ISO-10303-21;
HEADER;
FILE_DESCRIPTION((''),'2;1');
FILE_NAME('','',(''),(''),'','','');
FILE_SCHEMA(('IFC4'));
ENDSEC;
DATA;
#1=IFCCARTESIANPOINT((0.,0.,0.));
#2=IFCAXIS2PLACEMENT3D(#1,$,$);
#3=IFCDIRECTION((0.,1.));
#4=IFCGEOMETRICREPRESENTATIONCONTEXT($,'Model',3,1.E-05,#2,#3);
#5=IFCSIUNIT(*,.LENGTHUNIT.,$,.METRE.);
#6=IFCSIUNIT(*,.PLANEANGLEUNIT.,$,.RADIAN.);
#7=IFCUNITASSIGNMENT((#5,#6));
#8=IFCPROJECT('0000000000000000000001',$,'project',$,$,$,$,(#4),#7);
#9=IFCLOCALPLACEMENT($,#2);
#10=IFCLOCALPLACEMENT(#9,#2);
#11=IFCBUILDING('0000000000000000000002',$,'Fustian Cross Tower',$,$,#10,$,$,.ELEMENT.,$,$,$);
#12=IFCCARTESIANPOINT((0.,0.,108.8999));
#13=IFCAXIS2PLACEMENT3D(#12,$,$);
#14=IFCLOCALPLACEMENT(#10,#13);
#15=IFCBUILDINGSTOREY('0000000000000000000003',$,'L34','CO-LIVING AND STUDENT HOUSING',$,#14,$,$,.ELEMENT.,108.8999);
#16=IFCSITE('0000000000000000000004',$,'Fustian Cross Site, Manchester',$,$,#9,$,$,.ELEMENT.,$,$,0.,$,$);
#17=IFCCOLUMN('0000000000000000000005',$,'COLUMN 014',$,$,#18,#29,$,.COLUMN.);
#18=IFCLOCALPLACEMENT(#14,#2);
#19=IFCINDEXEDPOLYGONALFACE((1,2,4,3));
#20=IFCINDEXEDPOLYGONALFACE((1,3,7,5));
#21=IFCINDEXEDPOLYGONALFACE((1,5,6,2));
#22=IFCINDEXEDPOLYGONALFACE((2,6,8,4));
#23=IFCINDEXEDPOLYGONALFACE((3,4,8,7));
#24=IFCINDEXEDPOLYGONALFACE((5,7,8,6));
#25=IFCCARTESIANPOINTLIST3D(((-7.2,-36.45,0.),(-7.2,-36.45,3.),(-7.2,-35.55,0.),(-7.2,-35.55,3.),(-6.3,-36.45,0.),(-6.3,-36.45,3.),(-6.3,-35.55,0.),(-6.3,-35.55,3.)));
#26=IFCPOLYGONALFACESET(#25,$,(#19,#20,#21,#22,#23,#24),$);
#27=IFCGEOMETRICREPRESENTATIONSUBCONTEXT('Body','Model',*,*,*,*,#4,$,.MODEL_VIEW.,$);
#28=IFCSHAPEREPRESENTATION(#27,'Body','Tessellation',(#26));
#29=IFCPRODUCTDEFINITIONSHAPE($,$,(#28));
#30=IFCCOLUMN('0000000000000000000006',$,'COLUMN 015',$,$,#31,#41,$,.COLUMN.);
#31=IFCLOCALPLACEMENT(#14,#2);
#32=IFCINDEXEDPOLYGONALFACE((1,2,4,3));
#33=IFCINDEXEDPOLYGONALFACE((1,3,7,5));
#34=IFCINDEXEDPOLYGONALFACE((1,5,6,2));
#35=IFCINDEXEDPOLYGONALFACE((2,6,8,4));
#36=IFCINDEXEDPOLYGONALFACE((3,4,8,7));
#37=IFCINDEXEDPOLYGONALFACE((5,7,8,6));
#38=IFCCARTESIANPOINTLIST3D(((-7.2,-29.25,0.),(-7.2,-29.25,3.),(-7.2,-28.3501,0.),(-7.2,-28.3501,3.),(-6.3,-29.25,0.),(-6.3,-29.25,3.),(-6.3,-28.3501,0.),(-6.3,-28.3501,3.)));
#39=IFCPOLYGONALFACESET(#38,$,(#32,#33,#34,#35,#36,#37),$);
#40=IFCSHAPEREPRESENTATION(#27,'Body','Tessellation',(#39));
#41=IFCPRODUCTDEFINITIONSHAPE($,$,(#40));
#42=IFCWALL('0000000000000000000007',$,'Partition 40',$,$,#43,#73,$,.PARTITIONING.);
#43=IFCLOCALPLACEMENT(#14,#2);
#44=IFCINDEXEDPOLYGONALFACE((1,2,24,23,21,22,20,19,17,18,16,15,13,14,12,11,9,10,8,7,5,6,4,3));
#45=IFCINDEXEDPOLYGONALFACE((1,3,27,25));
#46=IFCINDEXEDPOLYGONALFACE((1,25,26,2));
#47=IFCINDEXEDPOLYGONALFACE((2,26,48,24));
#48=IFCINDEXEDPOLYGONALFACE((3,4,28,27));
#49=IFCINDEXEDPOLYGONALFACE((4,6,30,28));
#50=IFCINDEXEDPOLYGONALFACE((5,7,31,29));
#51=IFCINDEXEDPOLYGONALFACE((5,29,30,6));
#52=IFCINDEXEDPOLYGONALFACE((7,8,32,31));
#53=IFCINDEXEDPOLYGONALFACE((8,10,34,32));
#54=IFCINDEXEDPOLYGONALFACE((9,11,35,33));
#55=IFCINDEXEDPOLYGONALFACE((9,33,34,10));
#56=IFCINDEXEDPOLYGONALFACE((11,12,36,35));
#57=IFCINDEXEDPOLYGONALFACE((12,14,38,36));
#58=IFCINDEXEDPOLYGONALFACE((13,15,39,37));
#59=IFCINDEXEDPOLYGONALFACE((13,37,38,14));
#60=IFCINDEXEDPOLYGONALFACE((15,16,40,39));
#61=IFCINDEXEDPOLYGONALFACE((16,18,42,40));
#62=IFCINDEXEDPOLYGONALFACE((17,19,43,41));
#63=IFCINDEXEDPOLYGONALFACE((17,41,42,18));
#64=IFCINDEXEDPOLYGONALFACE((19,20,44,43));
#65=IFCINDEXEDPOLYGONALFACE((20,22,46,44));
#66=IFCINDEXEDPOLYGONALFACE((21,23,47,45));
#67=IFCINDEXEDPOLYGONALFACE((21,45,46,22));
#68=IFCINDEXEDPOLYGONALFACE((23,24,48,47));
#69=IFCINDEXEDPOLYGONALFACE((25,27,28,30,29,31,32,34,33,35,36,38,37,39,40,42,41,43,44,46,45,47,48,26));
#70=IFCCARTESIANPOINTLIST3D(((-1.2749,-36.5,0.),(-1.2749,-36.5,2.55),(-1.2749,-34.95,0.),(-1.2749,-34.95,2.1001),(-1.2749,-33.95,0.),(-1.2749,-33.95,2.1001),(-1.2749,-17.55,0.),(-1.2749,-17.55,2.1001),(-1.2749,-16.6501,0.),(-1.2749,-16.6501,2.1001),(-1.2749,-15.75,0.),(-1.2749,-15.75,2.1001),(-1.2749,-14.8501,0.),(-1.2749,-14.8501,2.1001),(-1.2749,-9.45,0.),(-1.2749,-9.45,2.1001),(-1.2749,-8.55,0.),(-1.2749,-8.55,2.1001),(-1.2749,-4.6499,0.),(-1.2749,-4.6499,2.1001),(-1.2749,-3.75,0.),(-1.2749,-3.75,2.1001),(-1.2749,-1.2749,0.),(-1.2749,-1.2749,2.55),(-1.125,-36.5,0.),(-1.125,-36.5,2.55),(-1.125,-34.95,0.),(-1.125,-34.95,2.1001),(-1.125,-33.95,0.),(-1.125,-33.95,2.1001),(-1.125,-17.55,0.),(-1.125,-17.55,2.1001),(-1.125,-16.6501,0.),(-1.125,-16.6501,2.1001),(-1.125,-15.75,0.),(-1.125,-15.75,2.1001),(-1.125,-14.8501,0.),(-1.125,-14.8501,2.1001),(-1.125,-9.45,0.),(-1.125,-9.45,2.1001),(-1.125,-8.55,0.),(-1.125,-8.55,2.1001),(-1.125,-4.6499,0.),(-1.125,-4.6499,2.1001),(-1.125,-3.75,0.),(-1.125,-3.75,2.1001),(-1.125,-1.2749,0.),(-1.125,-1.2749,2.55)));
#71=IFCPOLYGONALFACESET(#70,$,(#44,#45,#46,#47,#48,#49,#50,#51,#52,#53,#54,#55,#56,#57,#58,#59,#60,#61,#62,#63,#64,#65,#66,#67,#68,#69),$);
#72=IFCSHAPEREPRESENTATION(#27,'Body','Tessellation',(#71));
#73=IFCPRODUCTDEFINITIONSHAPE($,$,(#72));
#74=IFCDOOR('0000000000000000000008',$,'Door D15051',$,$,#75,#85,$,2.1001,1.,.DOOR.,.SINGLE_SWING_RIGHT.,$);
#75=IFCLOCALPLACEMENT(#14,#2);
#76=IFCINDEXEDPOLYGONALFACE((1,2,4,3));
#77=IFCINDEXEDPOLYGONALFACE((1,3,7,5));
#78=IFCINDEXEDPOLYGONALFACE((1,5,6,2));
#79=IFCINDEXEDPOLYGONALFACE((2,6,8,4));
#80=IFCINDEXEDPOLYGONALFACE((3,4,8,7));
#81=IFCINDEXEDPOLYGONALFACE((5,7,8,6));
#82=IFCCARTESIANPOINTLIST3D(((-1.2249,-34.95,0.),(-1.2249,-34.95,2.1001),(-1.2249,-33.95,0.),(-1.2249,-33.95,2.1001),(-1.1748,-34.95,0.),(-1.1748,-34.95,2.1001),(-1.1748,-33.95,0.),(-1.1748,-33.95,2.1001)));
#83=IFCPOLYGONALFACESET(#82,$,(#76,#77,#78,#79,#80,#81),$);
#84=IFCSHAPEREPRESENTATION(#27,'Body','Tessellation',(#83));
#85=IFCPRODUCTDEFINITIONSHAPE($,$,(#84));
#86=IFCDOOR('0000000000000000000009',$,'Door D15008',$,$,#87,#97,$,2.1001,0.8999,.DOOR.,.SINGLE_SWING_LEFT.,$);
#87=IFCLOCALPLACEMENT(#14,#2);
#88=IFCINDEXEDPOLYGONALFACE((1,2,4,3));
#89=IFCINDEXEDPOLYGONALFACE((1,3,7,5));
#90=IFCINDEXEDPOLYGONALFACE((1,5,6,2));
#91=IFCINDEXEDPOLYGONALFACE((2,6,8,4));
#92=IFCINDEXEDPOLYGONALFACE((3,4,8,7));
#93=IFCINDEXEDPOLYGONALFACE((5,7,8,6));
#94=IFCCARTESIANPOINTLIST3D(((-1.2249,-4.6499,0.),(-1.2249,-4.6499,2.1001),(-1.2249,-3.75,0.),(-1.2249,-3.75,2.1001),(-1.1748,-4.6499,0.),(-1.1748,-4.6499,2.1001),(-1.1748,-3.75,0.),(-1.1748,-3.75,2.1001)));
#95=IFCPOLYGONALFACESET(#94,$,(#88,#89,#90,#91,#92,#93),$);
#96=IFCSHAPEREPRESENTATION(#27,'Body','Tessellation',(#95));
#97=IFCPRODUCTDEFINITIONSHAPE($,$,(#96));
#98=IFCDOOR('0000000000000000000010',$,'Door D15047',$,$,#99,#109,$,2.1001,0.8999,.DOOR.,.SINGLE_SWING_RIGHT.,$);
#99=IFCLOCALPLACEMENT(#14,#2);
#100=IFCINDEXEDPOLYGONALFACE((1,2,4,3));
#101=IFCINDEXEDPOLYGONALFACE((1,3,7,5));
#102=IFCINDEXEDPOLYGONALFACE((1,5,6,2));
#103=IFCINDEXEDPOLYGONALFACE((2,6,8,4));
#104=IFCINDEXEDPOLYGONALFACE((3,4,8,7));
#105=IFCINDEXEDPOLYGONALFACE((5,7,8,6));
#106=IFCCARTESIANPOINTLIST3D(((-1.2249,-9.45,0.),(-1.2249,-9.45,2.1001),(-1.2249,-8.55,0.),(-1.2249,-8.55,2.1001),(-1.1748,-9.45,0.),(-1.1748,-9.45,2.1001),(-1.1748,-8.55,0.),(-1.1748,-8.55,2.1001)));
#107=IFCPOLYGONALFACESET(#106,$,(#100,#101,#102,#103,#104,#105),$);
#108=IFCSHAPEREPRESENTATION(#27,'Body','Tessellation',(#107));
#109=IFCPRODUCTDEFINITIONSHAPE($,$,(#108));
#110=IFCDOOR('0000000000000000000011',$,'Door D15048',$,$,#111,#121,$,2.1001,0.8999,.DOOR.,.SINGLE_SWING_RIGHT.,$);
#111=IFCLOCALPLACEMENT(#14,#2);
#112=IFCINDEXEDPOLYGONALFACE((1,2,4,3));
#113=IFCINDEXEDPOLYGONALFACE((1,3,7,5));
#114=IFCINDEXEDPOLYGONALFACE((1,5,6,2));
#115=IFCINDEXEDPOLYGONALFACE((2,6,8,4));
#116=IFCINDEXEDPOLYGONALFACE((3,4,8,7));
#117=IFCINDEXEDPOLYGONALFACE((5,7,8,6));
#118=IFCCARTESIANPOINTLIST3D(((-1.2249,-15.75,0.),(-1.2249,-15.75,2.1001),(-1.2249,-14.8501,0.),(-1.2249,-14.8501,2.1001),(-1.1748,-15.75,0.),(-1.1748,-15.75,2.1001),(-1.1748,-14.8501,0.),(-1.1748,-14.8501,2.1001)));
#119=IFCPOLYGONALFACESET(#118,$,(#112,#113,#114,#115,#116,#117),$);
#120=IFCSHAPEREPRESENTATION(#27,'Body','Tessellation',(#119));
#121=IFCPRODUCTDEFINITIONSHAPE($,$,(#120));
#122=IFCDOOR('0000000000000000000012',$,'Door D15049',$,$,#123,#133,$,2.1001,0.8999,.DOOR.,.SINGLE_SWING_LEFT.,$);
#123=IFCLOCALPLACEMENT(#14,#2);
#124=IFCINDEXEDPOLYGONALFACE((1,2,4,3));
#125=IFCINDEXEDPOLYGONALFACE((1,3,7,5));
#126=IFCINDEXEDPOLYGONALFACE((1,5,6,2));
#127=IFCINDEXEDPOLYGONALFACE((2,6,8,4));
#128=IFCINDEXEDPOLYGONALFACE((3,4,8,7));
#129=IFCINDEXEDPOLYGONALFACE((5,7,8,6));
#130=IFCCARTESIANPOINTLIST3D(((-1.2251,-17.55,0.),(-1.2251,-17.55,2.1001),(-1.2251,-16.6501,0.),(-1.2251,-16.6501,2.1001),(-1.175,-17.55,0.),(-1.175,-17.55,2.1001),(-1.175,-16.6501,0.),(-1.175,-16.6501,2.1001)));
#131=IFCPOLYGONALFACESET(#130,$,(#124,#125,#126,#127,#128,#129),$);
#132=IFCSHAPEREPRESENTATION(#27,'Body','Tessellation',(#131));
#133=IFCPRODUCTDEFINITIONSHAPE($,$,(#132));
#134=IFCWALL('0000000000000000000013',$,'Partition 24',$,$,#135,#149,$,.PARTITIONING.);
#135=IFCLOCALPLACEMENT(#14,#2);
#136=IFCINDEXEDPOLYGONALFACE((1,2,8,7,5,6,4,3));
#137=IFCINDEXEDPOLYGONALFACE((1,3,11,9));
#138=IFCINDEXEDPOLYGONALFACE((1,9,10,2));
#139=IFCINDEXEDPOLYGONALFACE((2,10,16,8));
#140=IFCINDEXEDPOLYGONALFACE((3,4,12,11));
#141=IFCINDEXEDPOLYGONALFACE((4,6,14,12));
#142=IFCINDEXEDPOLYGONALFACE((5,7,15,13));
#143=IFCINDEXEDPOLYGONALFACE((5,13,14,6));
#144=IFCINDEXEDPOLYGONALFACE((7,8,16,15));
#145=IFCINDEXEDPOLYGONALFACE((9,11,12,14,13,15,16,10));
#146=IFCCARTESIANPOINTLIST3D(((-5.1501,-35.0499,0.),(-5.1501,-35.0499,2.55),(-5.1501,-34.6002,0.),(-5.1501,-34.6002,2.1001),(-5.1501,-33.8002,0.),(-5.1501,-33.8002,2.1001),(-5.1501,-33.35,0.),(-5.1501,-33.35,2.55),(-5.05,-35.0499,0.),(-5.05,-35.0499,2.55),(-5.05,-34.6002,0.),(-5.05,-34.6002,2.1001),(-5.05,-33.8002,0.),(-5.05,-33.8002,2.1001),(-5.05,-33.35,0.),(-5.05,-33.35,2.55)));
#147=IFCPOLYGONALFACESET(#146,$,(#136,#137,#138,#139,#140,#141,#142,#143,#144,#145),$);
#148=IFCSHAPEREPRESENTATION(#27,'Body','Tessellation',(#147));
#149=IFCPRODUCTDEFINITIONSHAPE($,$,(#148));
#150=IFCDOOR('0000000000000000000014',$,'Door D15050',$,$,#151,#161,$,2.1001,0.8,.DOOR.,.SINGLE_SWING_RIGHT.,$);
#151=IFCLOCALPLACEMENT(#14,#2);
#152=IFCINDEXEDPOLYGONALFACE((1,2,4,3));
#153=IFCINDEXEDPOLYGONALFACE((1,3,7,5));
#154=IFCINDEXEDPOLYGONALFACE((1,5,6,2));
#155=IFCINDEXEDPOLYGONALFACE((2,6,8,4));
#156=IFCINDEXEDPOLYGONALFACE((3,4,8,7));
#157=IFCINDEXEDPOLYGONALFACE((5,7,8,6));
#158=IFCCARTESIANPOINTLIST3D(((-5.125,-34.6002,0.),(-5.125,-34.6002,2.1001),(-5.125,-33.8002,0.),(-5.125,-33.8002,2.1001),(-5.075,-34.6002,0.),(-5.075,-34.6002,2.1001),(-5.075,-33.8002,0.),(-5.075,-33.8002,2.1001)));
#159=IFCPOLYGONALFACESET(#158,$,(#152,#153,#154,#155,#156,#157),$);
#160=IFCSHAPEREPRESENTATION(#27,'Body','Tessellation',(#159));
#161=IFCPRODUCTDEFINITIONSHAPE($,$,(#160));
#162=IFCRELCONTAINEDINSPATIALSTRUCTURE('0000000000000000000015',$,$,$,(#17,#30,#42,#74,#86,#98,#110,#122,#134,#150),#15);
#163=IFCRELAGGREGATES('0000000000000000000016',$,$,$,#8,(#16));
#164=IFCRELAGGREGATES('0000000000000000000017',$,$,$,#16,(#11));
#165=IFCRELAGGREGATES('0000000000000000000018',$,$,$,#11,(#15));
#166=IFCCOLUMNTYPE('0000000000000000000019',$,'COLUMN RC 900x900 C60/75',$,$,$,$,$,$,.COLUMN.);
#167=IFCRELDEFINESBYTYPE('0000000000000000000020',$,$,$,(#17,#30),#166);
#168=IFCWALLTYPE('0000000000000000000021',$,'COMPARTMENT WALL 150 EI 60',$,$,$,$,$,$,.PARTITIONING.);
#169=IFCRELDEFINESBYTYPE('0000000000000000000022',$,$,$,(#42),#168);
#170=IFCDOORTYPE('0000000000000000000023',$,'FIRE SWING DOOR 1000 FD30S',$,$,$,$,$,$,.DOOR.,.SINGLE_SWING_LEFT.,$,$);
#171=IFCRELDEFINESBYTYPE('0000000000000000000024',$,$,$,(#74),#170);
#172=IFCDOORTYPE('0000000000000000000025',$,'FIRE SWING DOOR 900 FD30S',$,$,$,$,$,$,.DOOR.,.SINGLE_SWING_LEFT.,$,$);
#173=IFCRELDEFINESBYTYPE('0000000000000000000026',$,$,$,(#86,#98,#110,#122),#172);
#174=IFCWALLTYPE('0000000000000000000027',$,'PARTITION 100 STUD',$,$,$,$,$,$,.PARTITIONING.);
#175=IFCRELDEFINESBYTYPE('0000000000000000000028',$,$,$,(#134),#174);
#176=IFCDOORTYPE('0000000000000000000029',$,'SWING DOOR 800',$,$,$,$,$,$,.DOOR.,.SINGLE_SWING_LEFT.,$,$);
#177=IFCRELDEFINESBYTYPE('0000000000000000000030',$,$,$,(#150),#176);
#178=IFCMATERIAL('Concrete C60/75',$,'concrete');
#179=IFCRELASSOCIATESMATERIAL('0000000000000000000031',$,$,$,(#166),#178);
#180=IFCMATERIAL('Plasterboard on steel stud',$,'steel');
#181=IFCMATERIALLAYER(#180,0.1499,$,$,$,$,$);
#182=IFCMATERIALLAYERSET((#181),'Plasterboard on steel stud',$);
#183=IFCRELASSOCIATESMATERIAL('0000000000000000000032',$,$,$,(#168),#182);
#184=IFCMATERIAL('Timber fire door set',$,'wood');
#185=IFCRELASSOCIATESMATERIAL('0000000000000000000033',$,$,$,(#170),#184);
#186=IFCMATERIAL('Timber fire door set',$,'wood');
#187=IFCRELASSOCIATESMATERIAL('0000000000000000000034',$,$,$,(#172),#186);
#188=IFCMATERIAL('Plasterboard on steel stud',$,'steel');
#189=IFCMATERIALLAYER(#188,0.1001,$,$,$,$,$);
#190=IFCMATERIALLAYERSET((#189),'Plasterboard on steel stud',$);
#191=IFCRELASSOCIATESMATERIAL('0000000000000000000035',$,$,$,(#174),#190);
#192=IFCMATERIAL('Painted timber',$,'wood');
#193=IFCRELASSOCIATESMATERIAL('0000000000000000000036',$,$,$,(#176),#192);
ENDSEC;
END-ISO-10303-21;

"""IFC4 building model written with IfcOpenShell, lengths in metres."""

from ifc_helpers import new_model, si_unit, direction, frame, frame_2d, origin, origin_2d, place, context, subcontext, project, spatial, rectangle, extrude, material, layer, layer_set, material_profile, profile_set, type_object, element, fill, save


model = new_model("IFC4")

# Units and contexts
model_context = context("Model", 3, precision=1e-05, world=origin(), true_north=direction((0.0, 1.0)))
body_context = subcontext(model_context, "Body", "Model", "MODEL_VIEW")
ifc_project = project(units=[si_unit("LENGTHUNIT", "METRE"), si_unit("PLANEANGLEUNIT", "RADIAN")], contexts=[model_context])

# Site, building, storey
site_placement = place(None, origin())
site = spatial("IfcSite", under=ifc_project, at=site_placement, Name="Fustian Cross Site, Manchester", CompositionType="ELEMENT", RefElevation=0.0)
building_placement = place(site_placement, origin())
building = spatial("IfcBuilding", under=site, at=building_placement, Name="Fustian Cross Tower", CompositionType="ELEMENT")
storey_placement = place(building_placement, frame((0.0, 0.0, 108.8999)))
storey = spatial("IfcBuildingStorey", under=building, at=storey_placement, Name="L34", Description="CO-LIVING AND STUDENT HOUSING", CompositionType="ELEMENT", Elevation=108.8999)

# Columns
ifc_material_1 = material(Name="Concrete C60/75", Category="concrete")
ifc_material_profile = material_profile(ifc_material_1, rectangle(XDim=0.8999, YDim=0.8999, at=origin_2d()), Name="RC 900x900")
ifc_profile_set = profile_set([ifc_material_profile], Name="Concrete C60/75")
column_type = type_object("IfcColumnType", Name="COLUMN RC 900x900 C60/75", PredefinedType="COLUMN", material=ifc_profile_set)
for number, where, z_axis, x_axis, name in (
    (1, (-6.75, -36.0, 0.0), (0.0, 0.0, 1.0), (1.0, 0.0, 0.0), "COLUMN 014"),
    (2, (-6.75, -28.8, 0.0), (0.0, 0.0, 1.0), (1.0, 0.0, 0.0), "COLUMN 015"),
):
    element("IfcColumn", number, at=place(storey_placement, frame(where, z_axis=z_axis, x_axis=x_axis)), inside=storey, type_object=column_type, Name=name, PredefinedType="COLUMN", context=body_context, shape_type="SweptSolid", body=[
        extrude(rectangle(XDim=0.8999, YDim=0.8999, at=origin_2d()), origin(), (0.0, 0.0, 1.0), 3.0),
    ])

# Wall, openings, doors
ifc_material_2 = material(Name="Plasterboard on steel stud", Category="steel")
ifc_layer_1 = layer(ifc_material_2, 0.1499)
ifc_layer_set_1 = layer_set([ifc_layer_1], Name="Plasterboard on steel stud")
wall_type_1 = type_object("IfcWallType", Name="COMPARTMENT WALL 150 EI 60", PredefinedType="PARTITIONING", material=ifc_layer_set_1)
wall_1_placement = place(storey_placement, frame((-1.2, -36.5, 0.0), z_axis=(0.0, 0.0, 1.0), x_axis=(0.0, 1.0, 0.0)))
wall_1 = element("IfcWall", 3, at=wall_1_placement, inside=storey, type_object=wall_type_1, Name="Partition 40", PredefinedType="PARTITIONING", context=body_context, shape_type="SweptSolid", body=[
    extrude(rectangle(XDim=35.2251, YDim=0.1499, at=frame_2d((17.6125, 0.0))), origin(), (0.0, 0.0, 1.0), 2.55),
])
opening_1_placement = place(wall_1_placement, frame((31.8501, 0.0, 0.0)))
opening_1 = element("IfcOpeningElement", 4, at=opening_1_placement, cuts=wall_1, PredefinedType="OPENING", context=body_context, shape_type="SweptSolid", body=[
    extrude(rectangle(XDim=0.8999, YDim=2.1001, at=frame_2d((0.45, 1.05))), frame((0.0, 0.085, 0.0), z_axis=(0.0, -1.0, 0.0), x_axis=(1.0, 0.0, 0.0)), (0.0, 0.0, 1.0), 0.1699),
])
opening_2_placement = place(wall_1_placement, frame((27.05, 0.0, 0.0)))
opening_2 = element("IfcOpeningElement", 5, at=opening_2_placement, cuts=wall_1, PredefinedType="OPENING", context=body_context, shape_type="SweptSolid", body=[
    extrude(rectangle(XDim=0.8999, YDim=2.1001, at=frame_2d((0.45, 1.05))), frame((0.0, 0.085, 0.0), z_axis=(0.0, -1.0, 0.0), x_axis=(1.0, 0.0, 0.0)), (0.0, 0.0, 1.0), 0.1699),
])
opening_3_placement = place(wall_1_placement, frame((20.75, 0.0, 0.0)))
opening_3 = element("IfcOpeningElement", 6, at=opening_3_placement, cuts=wall_1, PredefinedType="OPENING", context=body_context, shape_type="SweptSolid", body=[
    extrude(rectangle(XDim=0.8999, YDim=2.1001, at=frame_2d((0.45, 1.05))), frame((0.0, 0.085, 0.0), z_axis=(0.0, -1.0, 0.0), x_axis=(1.0, 0.0, 0.0)), (0.0, 0.0, 1.0), 0.1699),
])
opening_4_placement = place(wall_1_placement, frame((18.95, 0.0, 0.0)))
opening_4 = element("IfcOpeningElement", 7, at=opening_4_placement, cuts=wall_1, PredefinedType="OPENING", context=body_context, shape_type="SweptSolid", body=[
    extrude(rectangle(XDim=0.8999, YDim=2.1001, at=frame_2d((0.45, 1.05))), frame((0.0, 0.085, 0.0), z_axis=(0.0, -1.0, 0.0), x_axis=(1.0, 0.0, 0.0)), (0.0, 0.0, 1.0), 0.1699),
])
opening_5_placement = place(wall_1_placement, frame((1.55, 0.0, 0.0)))
opening_5 = element("IfcOpeningElement", 8, at=opening_5_placement, cuts=wall_1, PredefinedType="OPENING", context=body_context, shape_type="SweptSolid", body=[
    extrude(rectangle(XDim=1.0, YDim=2.1001, at=frame_2d((0.5, 1.05))), frame((0.0, 0.085, 0.0), z_axis=(0.0, -1.0, 0.0), x_axis=(1.0, 0.0, 0.0)), (0.0, 0.0, 1.0), 0.1699),
])
ifc_material_3 = material(Name="Timber fire door set", Category="wood")
door_type_1 = type_object("IfcDoorType", Name="FIRE SWING DOOR 1000 FD30S", OperationType="SINGLE_SWING_LEFT", PredefinedType="DOOR", material=ifc_material_3)
door_1_placement = place(opening_5_placement, origin())
door_1 = element("IfcDoor", 9, at=door_1_placement, inside=storey, type_object=door_type_1, Name="Door D15051", OperationType="SINGLE_SWING_RIGHT", OverallHeight=2.1001, OverallWidth=1.0, PredefinedType="DOOR", context=body_context, shape_type="SweptSolid", body=[
    extrude(rectangle(XDim=1.0, YDim=2.1001, at=frame_2d((0.5, 1.05))), frame((0.0, 0.0249, 0.0), z_axis=(0.0, -1.0, 0.0), x_axis=(1.0, 0.0, 0.0)), (0.0, 0.0, 1.0), 0.05),
])
fill(opening_5, door_1)
ifc_material_4 = material(Name="Timber fire door set", Category="wood")
door_type_2 = type_object("IfcDoorType", Name="FIRE SWING DOOR 900 FD30S", OperationType="SINGLE_SWING_LEFT", PredefinedType="DOOR", material=ifc_material_4)
door_2_placement = place(opening_1_placement, origin())
door_2 = element("IfcDoor", 10, at=door_2_placement, inside=storey, type_object=door_type_2, Name="Door D15008", OperationType="SINGLE_SWING_LEFT", OverallHeight=2.1001, OverallWidth=0.8999, PredefinedType="DOOR", context=body_context, shape_type="SweptSolid", body=[
    extrude(rectangle(XDim=0.8999, YDim=2.1001, at=frame_2d((0.45, 1.05))), frame((0.0, 0.0249, 0.0), z_axis=(0.0, -1.0, 0.0), x_axis=(1.0, 0.0, 0.0)), (0.0, 0.0, 1.0), 0.05),
])
fill(opening_1, door_2)
door_3_placement = place(opening_2_placement, origin())
door_3 = element("IfcDoor", 11, at=door_3_placement, inside=storey, type_object=door_type_2, Name="Door D15047", OperationType="SINGLE_SWING_RIGHT", OverallHeight=2.1001, OverallWidth=0.8999, PredefinedType="DOOR", context=body_context, shape_type="SweptSolid", body=[
    extrude(rectangle(XDim=0.8999, YDim=2.1001, at=frame_2d((0.45, 1.05))), frame((0.0, 0.0249, 0.0), z_axis=(0.0, -1.0, 0.0), x_axis=(1.0, 0.0, 0.0)), (0.0, 0.0, 1.0), 0.05),
])
fill(opening_2, door_3)
door_4_placement = place(opening_3_placement, origin())
door_4 = element("IfcDoor", 12, at=door_4_placement, inside=storey, type_object=door_type_2, Name="Door D15048", OperationType="SINGLE_SWING_RIGHT", OverallHeight=2.1001, OverallWidth=0.8999, PredefinedType="DOOR", context=body_context, shape_type="SweptSolid", body=[
    extrude(rectangle(XDim=0.8999, YDim=2.1001, at=frame_2d((0.45, 1.05))), frame((0.0, 0.0249, 0.0), z_axis=(0.0, -1.0, 0.0), x_axis=(1.0, 0.0, 0.0)), (0.0, 0.0, 1.0), 0.05),
])
fill(opening_3, door_4)
door_5_placement = place(opening_4_placement, frame((0.8999, 0.0, 0.0), z_axis=(0.0, 0.0, 1.0), x_axis=(-1.0, 0.0, 0.0)))
door_5 = element("IfcDoor", 13, at=door_5_placement, inside=storey, type_object=door_type_2, Name="Door D15049", OperationType="SINGLE_SWING_LEFT", OverallHeight=2.1001, OverallWidth=0.8999, PredefinedType="DOOR", context=body_context, shape_type="SweptSolid", body=[
    extrude(rectangle(XDim=0.8999, YDim=2.1001, at=frame_2d((0.45, 1.05))), frame((0.0, 0.0249, 0.0), z_axis=(0.0, -1.0, 0.0), x_axis=(1.0, 0.0, 0.0)), (0.0, 0.0, 1.0), 0.05),
])
fill(opening_4, door_5)

# Wall, opening, door
ifc_material_5 = material(Name="Plasterboard on steel stud", Category="steel")
ifc_layer_2 = layer(ifc_material_5, 0.1001)
ifc_layer_set_2 = layer_set([ifc_layer_2], Name="Plasterboard on steel stud")
wall_type_2 = type_object("IfcWallType", Name="PARTITION 100 STUD", PredefinedType="PARTITIONING", material=ifc_layer_set_2)
wall_2_placement = place(storey_placement, frame((-5.1001, -35.05, 0.0), z_axis=(0.0, 0.0, 1.0), x_axis=(0.0, 1.0, 0.0)))
wall_2 = element("IfcWall", 14, at=wall_2_placement, inside=storey, type_object=wall_type_2, Name="Partition 24", PredefinedType="PARTITIONING", context=body_context, shape_type="SweptSolid", body=[
    extrude(rectangle(XDim=1.7, YDim=0.1001, at=frame_2d((0.8501, 0.0))), origin(), (0.0, 0.0, 1.0), 2.55),
])
opening_6_placement = place(wall_2_placement, frame((0.45, 0.0, 0.0)))
opening_6 = element("IfcOpeningElement", 15, at=opening_6_placement, cuts=wall_2, PredefinedType="OPENING", context=body_context, shape_type="SweptSolid", body=[
    extrude(rectangle(XDim=0.8, YDim=2.1001, at=frame_2d((0.3999, 1.05))), frame((0.0, 0.0601, 0.0), z_axis=(0.0, -1.0, 0.0), x_axis=(1.0, 0.0, 0.0)), (0.0, 0.0, 1.0), 0.1201),
])
ifc_material_6 = material(Name="Painted timber", Category="wood")
door_type_3 = type_object("IfcDoorType", Name="SWING DOOR 800", OperationType="SINGLE_SWING_LEFT", PredefinedType="DOOR", material=ifc_material_6)
door_6_placement = place(opening_6_placement, origin())
door_6 = element("IfcDoor", 16, at=door_6_placement, inside=storey, type_object=door_type_3, Name="Door D15050", OperationType="SINGLE_SWING_RIGHT", OverallHeight=2.1001, OverallWidth=0.8, PredefinedType="DOOR", context=body_context, shape_type="SweptSolid", body=[
    extrude(rectangle(XDim=0.8, YDim=2.1001, at=frame_2d((0.3999, 1.05))), frame((0.0, 0.0249, 0.0), z_axis=(0.0, -1.0, 0.0), x_axis=(1.0, 0.0, 0.0)), (0.0, 0.0, 1.0), 0.05),
])
fill(opening_6, door_6)

save(model, "model.ifc")
